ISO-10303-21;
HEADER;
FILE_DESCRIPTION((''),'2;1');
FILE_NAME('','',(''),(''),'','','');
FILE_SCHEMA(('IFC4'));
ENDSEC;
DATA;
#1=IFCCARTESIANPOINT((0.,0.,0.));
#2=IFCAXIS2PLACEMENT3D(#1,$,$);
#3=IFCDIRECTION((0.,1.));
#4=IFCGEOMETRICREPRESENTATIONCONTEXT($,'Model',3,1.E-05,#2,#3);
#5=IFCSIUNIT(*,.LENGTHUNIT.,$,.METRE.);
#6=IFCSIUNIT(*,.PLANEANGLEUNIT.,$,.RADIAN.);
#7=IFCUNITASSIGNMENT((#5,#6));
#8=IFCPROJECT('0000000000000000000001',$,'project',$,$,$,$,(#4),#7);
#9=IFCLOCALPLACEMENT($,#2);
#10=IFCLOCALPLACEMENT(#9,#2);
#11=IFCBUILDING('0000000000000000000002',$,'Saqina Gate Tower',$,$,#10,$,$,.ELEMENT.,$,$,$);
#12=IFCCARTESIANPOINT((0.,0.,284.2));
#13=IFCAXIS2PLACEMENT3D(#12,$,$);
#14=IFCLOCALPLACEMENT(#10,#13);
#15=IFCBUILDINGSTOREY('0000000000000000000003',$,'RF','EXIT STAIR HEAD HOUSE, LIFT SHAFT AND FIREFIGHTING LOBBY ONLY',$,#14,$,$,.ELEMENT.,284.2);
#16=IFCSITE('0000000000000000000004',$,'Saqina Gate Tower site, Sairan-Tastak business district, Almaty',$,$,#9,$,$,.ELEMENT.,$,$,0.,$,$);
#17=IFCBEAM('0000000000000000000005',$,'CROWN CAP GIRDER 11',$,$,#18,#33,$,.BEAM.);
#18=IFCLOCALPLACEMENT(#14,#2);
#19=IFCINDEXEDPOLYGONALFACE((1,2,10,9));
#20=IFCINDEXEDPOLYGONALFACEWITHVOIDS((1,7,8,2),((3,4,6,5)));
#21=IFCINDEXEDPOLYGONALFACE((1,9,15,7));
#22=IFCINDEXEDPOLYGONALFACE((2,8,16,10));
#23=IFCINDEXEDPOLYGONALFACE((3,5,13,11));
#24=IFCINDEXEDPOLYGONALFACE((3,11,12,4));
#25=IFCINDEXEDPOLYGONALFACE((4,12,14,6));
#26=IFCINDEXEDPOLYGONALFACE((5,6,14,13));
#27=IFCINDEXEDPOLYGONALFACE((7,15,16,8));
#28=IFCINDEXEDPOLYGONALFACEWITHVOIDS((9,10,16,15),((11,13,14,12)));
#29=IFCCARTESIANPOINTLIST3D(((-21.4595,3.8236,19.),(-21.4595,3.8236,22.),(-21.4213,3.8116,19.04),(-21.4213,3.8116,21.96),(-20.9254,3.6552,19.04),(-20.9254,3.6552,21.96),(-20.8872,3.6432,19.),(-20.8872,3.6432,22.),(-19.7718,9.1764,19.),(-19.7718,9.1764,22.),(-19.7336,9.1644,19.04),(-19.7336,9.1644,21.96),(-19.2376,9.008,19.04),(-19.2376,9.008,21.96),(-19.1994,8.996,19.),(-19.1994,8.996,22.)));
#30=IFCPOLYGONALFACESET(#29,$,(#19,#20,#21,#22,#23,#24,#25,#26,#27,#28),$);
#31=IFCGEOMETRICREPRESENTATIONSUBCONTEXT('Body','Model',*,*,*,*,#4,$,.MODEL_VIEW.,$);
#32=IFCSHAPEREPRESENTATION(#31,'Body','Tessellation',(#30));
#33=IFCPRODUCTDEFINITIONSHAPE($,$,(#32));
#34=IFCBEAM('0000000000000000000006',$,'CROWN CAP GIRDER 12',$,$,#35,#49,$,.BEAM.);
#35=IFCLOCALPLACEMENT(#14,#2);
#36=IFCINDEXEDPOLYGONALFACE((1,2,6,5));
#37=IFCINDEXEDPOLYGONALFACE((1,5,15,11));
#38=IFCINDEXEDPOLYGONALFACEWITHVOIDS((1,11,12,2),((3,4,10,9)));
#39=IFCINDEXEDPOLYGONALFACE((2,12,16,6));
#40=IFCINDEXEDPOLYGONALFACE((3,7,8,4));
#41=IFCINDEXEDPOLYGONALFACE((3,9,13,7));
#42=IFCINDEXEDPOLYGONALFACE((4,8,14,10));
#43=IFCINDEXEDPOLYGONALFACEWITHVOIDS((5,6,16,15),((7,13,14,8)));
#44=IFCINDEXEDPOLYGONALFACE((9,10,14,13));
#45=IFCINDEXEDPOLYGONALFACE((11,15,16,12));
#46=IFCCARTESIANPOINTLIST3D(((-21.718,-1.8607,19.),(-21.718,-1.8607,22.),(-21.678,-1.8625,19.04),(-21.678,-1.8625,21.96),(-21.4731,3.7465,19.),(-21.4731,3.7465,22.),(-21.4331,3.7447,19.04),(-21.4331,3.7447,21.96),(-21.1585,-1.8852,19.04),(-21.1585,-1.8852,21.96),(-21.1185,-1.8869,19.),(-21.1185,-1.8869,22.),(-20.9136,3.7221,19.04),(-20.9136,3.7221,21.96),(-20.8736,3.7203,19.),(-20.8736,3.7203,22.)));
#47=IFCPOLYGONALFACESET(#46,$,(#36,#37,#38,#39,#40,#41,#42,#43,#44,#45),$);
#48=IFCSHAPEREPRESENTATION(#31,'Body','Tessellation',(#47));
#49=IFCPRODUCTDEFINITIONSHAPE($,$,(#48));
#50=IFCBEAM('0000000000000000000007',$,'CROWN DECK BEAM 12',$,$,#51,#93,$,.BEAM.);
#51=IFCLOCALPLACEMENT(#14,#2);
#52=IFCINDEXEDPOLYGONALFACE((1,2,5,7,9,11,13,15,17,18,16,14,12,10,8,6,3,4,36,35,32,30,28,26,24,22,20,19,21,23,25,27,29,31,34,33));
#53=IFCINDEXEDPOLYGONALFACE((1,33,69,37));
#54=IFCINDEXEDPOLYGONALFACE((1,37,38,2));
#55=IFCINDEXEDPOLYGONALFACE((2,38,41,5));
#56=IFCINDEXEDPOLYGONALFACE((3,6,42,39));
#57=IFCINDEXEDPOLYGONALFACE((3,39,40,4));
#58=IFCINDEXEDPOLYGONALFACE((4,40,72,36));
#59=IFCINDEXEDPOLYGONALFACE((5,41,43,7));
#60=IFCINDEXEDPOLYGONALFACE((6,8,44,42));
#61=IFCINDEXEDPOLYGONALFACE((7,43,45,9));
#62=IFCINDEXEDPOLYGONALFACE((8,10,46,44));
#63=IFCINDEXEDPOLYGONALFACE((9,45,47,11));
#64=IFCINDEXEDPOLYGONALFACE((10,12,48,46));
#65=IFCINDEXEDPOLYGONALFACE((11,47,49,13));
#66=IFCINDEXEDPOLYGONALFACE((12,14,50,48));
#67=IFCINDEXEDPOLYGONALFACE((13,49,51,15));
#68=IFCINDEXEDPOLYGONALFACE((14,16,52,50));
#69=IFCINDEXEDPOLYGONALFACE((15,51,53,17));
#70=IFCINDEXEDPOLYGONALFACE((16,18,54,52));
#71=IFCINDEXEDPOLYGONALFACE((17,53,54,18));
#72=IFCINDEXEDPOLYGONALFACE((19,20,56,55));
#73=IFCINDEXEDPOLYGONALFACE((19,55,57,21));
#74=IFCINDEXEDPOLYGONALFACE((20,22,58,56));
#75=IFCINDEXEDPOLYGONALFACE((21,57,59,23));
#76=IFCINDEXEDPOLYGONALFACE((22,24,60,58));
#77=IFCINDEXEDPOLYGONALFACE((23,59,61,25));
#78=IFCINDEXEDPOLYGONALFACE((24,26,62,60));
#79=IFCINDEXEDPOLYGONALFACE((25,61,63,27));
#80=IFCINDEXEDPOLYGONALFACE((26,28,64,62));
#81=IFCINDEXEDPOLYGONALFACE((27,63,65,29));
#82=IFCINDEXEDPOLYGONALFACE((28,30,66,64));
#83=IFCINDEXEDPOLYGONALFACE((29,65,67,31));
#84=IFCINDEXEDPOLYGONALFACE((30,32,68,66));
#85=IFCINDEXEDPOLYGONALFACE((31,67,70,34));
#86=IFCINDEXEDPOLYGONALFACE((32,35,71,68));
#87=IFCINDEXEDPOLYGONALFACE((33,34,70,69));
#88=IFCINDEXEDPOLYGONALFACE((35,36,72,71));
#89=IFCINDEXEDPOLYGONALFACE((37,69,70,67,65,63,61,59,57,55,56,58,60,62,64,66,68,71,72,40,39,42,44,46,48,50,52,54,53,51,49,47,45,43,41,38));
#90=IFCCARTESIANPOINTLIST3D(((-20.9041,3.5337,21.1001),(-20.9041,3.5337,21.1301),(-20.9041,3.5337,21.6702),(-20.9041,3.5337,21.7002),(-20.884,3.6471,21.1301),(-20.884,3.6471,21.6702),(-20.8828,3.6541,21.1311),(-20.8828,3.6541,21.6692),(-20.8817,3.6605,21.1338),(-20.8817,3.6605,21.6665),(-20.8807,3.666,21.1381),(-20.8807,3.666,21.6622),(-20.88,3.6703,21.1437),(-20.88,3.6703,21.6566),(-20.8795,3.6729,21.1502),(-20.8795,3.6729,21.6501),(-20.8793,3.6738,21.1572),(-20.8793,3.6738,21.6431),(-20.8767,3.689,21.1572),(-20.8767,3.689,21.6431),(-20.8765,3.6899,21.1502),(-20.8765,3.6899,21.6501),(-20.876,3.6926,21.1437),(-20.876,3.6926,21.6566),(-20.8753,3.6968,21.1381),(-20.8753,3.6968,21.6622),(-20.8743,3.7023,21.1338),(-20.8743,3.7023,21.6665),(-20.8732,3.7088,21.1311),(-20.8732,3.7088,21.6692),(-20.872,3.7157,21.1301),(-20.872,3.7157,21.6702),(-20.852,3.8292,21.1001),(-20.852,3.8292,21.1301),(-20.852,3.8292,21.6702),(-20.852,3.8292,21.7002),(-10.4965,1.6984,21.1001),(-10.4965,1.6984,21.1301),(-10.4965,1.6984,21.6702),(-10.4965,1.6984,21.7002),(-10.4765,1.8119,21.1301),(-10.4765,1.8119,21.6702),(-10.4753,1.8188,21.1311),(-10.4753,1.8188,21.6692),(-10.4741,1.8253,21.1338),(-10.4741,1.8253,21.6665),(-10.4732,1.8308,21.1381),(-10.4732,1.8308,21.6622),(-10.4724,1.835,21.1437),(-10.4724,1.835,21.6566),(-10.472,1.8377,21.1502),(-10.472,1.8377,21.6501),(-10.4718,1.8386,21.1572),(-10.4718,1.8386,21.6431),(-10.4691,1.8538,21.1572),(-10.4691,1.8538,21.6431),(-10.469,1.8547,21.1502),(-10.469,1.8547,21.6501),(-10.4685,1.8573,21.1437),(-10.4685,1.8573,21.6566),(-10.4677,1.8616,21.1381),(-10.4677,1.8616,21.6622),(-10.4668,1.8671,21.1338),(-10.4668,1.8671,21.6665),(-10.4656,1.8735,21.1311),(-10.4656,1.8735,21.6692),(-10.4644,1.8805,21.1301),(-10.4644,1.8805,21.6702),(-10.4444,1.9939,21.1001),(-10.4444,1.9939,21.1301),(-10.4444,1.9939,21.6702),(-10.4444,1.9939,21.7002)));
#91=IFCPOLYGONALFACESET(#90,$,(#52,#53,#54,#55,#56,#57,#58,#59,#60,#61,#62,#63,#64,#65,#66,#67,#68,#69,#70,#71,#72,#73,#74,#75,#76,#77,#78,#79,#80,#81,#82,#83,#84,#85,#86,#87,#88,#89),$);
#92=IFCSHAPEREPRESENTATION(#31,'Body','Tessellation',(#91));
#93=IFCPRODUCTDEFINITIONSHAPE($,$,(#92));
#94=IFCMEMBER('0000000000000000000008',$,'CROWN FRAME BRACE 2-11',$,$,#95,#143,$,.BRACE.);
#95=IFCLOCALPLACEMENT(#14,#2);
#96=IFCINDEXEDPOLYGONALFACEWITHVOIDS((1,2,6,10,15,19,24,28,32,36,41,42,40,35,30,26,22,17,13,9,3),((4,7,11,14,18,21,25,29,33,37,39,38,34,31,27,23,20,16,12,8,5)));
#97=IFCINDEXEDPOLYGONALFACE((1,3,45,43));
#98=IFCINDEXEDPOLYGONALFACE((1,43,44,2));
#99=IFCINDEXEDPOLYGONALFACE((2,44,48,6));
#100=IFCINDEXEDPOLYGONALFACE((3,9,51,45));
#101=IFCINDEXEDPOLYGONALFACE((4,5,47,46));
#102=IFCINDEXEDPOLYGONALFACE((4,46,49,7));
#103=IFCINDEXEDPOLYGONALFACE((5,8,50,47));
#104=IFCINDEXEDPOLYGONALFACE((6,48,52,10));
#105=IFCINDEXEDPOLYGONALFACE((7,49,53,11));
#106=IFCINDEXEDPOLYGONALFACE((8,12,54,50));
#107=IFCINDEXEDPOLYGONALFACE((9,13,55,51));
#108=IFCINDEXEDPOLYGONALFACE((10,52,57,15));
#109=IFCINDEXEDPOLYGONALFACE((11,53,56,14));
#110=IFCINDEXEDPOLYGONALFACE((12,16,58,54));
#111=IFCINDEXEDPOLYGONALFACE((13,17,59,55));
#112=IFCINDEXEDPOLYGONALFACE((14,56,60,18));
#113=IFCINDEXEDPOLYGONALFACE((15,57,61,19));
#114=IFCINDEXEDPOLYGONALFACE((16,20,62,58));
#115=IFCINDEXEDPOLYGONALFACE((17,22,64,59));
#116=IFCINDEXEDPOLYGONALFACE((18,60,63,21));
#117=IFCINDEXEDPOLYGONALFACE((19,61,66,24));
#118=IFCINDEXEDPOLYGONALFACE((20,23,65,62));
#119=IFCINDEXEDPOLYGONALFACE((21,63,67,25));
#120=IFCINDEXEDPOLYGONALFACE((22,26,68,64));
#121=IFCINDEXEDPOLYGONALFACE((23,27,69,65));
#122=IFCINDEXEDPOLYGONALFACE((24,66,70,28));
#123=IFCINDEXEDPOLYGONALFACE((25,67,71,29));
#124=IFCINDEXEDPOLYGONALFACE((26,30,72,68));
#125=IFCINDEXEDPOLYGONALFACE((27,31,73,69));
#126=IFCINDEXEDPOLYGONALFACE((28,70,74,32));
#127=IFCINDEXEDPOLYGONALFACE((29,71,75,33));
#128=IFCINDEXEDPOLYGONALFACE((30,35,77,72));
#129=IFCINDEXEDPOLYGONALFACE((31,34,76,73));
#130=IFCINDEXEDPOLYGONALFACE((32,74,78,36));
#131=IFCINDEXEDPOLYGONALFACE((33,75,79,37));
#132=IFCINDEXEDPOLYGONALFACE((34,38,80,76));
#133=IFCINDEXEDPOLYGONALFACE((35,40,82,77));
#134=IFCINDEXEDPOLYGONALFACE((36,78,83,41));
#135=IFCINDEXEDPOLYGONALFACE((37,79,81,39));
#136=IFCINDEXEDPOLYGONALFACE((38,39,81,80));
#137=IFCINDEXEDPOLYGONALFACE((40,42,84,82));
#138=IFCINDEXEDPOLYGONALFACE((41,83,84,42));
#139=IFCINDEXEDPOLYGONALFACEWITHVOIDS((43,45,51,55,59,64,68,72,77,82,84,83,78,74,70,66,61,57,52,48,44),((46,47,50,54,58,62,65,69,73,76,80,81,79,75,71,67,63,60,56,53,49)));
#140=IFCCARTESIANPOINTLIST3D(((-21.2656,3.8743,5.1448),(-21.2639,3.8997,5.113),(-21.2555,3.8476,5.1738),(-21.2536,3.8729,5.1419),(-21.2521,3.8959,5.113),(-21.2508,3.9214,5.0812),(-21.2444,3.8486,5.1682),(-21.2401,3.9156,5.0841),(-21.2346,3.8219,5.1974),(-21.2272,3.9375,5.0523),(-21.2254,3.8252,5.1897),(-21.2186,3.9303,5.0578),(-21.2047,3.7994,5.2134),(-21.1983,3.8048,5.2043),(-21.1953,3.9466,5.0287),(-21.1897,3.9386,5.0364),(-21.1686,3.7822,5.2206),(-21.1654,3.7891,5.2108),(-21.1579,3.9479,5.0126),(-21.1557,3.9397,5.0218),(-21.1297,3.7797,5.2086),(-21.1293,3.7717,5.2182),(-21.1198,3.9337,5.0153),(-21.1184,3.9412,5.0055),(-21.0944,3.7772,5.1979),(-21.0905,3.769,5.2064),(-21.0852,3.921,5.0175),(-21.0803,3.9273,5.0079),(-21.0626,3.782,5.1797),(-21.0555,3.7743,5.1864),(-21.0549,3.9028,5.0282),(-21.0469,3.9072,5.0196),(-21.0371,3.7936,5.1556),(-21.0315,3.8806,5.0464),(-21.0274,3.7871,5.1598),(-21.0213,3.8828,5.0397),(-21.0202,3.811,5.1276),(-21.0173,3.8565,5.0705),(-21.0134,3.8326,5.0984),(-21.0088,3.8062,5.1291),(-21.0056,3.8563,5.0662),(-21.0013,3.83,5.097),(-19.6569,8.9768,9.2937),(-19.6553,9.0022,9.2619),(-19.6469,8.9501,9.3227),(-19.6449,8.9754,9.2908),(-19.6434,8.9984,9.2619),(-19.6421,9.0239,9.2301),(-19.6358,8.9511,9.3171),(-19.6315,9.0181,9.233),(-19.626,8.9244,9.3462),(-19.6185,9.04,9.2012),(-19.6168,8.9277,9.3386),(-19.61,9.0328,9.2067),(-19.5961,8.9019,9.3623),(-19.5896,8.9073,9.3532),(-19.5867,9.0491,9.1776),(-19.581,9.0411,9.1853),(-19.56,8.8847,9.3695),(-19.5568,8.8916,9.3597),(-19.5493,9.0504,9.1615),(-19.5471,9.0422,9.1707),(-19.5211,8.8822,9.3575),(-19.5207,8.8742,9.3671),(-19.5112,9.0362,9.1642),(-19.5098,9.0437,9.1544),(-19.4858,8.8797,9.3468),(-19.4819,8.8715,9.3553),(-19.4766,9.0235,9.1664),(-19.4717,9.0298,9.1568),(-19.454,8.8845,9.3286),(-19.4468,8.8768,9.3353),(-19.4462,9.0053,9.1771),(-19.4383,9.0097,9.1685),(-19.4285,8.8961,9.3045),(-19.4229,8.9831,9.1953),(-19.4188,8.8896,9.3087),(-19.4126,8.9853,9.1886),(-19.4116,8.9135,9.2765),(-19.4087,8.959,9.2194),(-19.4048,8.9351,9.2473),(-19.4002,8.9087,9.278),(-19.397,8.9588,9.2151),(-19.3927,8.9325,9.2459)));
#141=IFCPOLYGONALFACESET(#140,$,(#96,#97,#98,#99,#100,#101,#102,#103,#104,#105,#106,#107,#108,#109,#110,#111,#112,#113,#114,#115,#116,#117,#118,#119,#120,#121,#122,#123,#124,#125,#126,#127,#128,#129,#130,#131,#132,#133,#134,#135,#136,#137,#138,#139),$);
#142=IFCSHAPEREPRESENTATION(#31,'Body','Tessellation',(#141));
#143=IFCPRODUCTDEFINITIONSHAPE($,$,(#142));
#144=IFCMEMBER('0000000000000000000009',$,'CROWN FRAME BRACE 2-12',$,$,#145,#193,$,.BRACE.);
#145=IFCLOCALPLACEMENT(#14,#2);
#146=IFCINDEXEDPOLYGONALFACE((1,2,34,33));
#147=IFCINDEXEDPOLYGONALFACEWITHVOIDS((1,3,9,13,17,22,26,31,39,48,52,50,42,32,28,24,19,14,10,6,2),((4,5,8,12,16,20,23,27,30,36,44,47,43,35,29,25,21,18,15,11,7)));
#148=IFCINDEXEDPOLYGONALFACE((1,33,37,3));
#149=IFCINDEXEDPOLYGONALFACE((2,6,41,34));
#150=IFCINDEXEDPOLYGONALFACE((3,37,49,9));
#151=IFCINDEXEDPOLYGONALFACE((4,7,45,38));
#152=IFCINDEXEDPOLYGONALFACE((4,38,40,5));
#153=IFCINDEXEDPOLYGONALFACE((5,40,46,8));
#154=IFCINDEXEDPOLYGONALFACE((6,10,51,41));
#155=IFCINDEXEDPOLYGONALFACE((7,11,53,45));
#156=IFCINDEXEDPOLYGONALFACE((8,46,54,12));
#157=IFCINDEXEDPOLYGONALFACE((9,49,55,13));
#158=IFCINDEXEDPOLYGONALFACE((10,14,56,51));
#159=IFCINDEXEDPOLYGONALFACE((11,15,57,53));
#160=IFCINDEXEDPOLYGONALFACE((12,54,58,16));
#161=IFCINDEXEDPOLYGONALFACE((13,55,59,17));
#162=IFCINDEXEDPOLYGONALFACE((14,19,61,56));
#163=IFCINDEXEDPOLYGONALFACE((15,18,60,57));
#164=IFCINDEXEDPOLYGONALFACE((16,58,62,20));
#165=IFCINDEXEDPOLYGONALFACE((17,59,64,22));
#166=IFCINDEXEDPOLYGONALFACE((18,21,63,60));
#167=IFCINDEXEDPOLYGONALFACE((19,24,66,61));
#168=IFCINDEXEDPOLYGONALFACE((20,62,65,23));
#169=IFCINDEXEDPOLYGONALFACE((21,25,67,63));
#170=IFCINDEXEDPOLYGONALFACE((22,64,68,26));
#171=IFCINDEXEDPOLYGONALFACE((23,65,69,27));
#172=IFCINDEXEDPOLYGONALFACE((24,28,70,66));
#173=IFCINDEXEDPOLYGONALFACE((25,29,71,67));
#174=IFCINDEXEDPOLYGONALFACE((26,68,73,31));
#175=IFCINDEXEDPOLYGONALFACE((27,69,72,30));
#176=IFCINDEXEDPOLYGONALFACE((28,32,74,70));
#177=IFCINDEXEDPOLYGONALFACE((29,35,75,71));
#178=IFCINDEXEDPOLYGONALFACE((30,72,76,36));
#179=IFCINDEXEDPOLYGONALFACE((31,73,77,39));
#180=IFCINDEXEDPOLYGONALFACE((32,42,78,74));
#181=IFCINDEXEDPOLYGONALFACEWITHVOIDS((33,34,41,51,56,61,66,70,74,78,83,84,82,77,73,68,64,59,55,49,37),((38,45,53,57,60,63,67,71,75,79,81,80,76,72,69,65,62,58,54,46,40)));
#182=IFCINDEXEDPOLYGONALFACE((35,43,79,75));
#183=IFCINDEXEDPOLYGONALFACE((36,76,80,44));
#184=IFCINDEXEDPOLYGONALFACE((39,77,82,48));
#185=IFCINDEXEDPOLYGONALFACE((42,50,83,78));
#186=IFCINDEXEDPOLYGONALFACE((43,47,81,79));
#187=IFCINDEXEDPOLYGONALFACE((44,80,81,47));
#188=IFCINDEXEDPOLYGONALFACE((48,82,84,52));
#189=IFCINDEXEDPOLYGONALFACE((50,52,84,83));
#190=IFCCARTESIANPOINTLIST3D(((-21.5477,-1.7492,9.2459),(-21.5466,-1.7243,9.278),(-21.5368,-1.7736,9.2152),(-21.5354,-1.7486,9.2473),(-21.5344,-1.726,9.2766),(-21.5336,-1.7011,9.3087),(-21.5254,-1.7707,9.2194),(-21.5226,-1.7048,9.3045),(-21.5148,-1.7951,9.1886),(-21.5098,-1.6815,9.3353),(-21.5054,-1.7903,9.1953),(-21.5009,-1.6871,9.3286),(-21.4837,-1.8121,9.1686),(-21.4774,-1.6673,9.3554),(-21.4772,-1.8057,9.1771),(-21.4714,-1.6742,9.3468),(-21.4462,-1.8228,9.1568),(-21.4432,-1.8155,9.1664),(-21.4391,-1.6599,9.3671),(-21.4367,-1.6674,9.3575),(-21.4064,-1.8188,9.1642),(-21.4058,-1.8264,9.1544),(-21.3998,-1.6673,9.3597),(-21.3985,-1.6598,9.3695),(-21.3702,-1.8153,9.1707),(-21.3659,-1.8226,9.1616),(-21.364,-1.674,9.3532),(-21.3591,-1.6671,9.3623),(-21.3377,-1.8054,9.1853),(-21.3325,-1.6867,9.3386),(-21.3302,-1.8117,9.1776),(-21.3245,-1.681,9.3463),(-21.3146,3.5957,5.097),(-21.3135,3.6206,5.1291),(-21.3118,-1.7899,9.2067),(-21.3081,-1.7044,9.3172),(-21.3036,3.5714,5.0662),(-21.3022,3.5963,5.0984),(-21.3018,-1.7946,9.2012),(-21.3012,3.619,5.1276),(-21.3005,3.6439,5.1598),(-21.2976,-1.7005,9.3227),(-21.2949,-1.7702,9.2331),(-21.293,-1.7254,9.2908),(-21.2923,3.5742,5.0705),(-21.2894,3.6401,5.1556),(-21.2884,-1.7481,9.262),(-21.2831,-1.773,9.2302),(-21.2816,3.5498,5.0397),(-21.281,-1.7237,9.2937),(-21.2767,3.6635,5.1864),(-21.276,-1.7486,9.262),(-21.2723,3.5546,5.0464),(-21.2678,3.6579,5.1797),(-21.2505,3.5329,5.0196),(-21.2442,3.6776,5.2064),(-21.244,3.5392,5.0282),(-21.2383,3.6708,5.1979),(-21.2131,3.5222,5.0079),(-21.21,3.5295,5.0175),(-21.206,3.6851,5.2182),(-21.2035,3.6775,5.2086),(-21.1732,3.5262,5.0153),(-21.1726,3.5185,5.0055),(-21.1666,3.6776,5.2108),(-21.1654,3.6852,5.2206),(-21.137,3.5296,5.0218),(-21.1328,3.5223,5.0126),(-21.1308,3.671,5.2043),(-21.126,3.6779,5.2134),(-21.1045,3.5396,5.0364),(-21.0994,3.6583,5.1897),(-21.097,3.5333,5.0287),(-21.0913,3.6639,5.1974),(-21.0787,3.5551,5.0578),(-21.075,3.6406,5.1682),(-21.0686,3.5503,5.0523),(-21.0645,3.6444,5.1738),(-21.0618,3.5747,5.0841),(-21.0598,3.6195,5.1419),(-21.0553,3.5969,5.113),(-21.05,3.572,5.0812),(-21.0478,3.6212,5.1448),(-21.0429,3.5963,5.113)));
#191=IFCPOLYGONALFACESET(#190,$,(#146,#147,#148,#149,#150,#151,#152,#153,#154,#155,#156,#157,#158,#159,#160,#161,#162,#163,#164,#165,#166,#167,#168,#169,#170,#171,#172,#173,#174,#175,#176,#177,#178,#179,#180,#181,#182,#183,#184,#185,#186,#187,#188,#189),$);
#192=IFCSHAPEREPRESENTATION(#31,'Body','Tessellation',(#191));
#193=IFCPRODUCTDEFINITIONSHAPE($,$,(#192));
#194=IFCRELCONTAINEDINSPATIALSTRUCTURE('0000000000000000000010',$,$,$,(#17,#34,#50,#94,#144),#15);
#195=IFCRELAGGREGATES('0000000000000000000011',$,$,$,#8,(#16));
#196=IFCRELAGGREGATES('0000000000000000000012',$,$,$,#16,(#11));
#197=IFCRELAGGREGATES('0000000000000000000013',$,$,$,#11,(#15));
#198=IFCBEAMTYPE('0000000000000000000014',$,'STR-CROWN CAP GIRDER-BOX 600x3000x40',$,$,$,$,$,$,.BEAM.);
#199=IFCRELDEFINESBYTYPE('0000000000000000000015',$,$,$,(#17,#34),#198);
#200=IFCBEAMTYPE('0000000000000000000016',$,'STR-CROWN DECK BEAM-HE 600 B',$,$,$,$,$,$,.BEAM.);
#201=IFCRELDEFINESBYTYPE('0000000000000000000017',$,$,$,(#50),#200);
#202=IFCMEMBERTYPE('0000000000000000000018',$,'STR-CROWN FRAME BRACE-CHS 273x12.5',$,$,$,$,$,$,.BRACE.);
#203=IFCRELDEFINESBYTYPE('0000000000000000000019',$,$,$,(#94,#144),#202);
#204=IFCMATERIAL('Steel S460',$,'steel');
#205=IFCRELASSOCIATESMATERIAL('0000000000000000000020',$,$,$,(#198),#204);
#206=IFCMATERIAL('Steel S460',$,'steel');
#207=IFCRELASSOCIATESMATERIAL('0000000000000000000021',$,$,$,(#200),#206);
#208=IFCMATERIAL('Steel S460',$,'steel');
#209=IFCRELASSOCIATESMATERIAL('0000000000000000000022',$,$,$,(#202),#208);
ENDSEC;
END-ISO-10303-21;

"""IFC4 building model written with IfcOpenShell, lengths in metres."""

from ifc_helpers import new_model, si_unit, direction, frame, origin, origin_2d, place, context, subcontext, project, spatial, hollow_rectangle, hollow_circle, i_section, extrude, material, material_profile, profile_set, type_object, element, save


model = new_model("IFC4")

# Units and contexts
model_context = context("Model", 3, precision=1e-05, world=origin(), true_north=direction((0.0, 1.0)))
body_context = subcontext(model_context, "Body", "Model", "MODEL_VIEW")
ifc_project = project(units=[si_unit("LENGTHUNIT", "METRE"), si_unit("PLANEANGLEUNIT", "RADIAN")], contexts=[model_context])

# Site, building, storey
site_placement = place(None, origin())
site = spatial("IfcSite", under=ifc_project, at=site_placement, Name="Saqina Gate Tower site, Sairan-Tastak business district, Almaty", CompositionType="ELEMENT", RefElevation=0.0)
building_placement = place(site_placement, origin())
building = spatial("IfcBuilding", under=site, at=building_placement, Name="Saqina Gate Tower", CompositionType="ELEMENT")
storey_placement = place(building_placement, frame((0.0, 0.0, 284.2)))
storey = spatial("IfcBuildingStorey", under=building, at=storey_placement, Name="RF", Description="EXIT STAIR HEAD HOUSE, LIFT SHAFT AND FIREFIGHTING LOBBY ONLY", CompositionType="ELEMENT", Elevation=284.2)

# Beams
ifc_material_1 = material(Name="Steel S460", Category="steel")
ifc_material_profile_1 = material_profile(ifc_material_1, hollow_rectangle(XDim=0.6001, YDim=3.0, WallThickness=0.04, at=origin_2d()), Name="BOX 600x3000x40")
ifc_profile_set_1 = profile_set([ifc_material_profile_1], Name="Steel S460")
beam_type_1 = type_object("IfcBeamType", Name="STR-CROWN CAP GIRDER-BOX 600x3000x40", PredefinedType="BEAM", material=ifc_profile_set_1)
for number, where, z_axis, x_axis, name in (
    (1, (-19.4856, 9.0862, 20.5), (-0.300709, -0.953716, 0.0), (0.953716, -0.300709, 0.0), "CROWN CAP GIRDER 11"),
    (2, (-21.1733, 3.7334, 20.5), (-0.04363, -0.999048, 0.0), (0.999048, -0.04363, 0.0), "CROWN CAP GIRDER 12"),
):
    element("IfcBeam", number, at=place(storey_placement, frame(where, z_axis=z_axis, x_axis=x_axis)), inside=storey, type_object=beam_type_1, Name=name, PredefinedType="BEAM", context=body_context, shape_type="SweptSolid", body=[
        extrude(hollow_rectangle(XDim=0.6001, YDim=3.0, WallThickness=0.04, at=origin_2d()), origin(), (0.0, 0.0, 1.0), 5.6125),
    ])
ifc_material_2 = material(Name="Steel S460", Category="steel")
ifc_material_profile_2 = material_profile(ifc_material_2, i_section(OverallWidth=0.3, OverallDepth=0.6001, WebThickness=0.0154, FlangeThickness=0.03, FilletRadius=0.0271, at=origin_2d()), Name="HE 600 B")
ifc_profile_set_2 = profile_set([ifc_material_profile_2], Name="Steel S460")
beam_type_2 = type_object("IfcBeamType", Name="STR-CROWN DECK BEAM-HE 600 B", PredefinedType="BEAM", material=ifc_profile_set_2)
beam_placement = place(storey_placement, frame((-10.4705, 1.8462, 21.4001), z_axis=(-0.984806, 0.173656, 0.0), x_axis=(-0.173656, -0.984806, 0.0)))
element("IfcBeam", 3, at=beam_placement, inside=storey, type_object=beam_type_2, Name="CROWN DECK BEAM 12", PredefinedType="BEAM", context=body_context, shape_type="SweptSolid", body=[
    extrude(i_section(OverallWidth=0.3, OverallDepth=0.6001, WebThickness=0.0154, FlangeThickness=0.03, FilletRadius=0.0271, at=origin_2d()), origin(), (0.0, 0.0, 1.0), 10.5681),
])

# Members
ifc_material_3 = material(Name="Steel S460", Category="steel")
ifc_material_profile_3 = material_profile(ifc_material_3, hollow_circle(Radius=0.1365, WallThickness=0.0125, at=origin_2d()), Name="CHS 273x12.5")
ifc_profile_set_3 = profile_set([ifc_material_profile_3], Name="Steel S460")
member_type = type_object("IfcMemberType", Name="STR-CROWN FRAME BRACE-CHS 273x12.5", PredefinedType="BRACE", material=ifc_profile_set_3)
for number, where, z_axis, x_axis, name in (
    (4, (-21.1338, 3.8586, 5.113), (0.237602, 0.753663, 0.612811), (-0.953727, 0.300675, 0.0), "CROWN FRAME BRACE 2-11"),
    (5, (-21.1792, 3.6023, 5.113), (-0.034438, -0.789476, 0.612815), (0.99905, -0.04358, 0.0), "CROWN FRAME BRACE 2-12"),
):
    element("IfcMember", number, at=place(storey_placement, frame(where, z_axis=z_axis, x_axis=x_axis)), inside=storey, type_object=member_type, Name=name, PredefinedType="BRACE", context=body_context, shape_type="SweptSolid", body=[
        extrude(hollow_circle(Radius=0.1365, WallThickness=0.0125, at=origin_2d()), origin(), (0.0, 0.0, 1.0), 6.7703),
    ])

save(model, "model.ifc")
